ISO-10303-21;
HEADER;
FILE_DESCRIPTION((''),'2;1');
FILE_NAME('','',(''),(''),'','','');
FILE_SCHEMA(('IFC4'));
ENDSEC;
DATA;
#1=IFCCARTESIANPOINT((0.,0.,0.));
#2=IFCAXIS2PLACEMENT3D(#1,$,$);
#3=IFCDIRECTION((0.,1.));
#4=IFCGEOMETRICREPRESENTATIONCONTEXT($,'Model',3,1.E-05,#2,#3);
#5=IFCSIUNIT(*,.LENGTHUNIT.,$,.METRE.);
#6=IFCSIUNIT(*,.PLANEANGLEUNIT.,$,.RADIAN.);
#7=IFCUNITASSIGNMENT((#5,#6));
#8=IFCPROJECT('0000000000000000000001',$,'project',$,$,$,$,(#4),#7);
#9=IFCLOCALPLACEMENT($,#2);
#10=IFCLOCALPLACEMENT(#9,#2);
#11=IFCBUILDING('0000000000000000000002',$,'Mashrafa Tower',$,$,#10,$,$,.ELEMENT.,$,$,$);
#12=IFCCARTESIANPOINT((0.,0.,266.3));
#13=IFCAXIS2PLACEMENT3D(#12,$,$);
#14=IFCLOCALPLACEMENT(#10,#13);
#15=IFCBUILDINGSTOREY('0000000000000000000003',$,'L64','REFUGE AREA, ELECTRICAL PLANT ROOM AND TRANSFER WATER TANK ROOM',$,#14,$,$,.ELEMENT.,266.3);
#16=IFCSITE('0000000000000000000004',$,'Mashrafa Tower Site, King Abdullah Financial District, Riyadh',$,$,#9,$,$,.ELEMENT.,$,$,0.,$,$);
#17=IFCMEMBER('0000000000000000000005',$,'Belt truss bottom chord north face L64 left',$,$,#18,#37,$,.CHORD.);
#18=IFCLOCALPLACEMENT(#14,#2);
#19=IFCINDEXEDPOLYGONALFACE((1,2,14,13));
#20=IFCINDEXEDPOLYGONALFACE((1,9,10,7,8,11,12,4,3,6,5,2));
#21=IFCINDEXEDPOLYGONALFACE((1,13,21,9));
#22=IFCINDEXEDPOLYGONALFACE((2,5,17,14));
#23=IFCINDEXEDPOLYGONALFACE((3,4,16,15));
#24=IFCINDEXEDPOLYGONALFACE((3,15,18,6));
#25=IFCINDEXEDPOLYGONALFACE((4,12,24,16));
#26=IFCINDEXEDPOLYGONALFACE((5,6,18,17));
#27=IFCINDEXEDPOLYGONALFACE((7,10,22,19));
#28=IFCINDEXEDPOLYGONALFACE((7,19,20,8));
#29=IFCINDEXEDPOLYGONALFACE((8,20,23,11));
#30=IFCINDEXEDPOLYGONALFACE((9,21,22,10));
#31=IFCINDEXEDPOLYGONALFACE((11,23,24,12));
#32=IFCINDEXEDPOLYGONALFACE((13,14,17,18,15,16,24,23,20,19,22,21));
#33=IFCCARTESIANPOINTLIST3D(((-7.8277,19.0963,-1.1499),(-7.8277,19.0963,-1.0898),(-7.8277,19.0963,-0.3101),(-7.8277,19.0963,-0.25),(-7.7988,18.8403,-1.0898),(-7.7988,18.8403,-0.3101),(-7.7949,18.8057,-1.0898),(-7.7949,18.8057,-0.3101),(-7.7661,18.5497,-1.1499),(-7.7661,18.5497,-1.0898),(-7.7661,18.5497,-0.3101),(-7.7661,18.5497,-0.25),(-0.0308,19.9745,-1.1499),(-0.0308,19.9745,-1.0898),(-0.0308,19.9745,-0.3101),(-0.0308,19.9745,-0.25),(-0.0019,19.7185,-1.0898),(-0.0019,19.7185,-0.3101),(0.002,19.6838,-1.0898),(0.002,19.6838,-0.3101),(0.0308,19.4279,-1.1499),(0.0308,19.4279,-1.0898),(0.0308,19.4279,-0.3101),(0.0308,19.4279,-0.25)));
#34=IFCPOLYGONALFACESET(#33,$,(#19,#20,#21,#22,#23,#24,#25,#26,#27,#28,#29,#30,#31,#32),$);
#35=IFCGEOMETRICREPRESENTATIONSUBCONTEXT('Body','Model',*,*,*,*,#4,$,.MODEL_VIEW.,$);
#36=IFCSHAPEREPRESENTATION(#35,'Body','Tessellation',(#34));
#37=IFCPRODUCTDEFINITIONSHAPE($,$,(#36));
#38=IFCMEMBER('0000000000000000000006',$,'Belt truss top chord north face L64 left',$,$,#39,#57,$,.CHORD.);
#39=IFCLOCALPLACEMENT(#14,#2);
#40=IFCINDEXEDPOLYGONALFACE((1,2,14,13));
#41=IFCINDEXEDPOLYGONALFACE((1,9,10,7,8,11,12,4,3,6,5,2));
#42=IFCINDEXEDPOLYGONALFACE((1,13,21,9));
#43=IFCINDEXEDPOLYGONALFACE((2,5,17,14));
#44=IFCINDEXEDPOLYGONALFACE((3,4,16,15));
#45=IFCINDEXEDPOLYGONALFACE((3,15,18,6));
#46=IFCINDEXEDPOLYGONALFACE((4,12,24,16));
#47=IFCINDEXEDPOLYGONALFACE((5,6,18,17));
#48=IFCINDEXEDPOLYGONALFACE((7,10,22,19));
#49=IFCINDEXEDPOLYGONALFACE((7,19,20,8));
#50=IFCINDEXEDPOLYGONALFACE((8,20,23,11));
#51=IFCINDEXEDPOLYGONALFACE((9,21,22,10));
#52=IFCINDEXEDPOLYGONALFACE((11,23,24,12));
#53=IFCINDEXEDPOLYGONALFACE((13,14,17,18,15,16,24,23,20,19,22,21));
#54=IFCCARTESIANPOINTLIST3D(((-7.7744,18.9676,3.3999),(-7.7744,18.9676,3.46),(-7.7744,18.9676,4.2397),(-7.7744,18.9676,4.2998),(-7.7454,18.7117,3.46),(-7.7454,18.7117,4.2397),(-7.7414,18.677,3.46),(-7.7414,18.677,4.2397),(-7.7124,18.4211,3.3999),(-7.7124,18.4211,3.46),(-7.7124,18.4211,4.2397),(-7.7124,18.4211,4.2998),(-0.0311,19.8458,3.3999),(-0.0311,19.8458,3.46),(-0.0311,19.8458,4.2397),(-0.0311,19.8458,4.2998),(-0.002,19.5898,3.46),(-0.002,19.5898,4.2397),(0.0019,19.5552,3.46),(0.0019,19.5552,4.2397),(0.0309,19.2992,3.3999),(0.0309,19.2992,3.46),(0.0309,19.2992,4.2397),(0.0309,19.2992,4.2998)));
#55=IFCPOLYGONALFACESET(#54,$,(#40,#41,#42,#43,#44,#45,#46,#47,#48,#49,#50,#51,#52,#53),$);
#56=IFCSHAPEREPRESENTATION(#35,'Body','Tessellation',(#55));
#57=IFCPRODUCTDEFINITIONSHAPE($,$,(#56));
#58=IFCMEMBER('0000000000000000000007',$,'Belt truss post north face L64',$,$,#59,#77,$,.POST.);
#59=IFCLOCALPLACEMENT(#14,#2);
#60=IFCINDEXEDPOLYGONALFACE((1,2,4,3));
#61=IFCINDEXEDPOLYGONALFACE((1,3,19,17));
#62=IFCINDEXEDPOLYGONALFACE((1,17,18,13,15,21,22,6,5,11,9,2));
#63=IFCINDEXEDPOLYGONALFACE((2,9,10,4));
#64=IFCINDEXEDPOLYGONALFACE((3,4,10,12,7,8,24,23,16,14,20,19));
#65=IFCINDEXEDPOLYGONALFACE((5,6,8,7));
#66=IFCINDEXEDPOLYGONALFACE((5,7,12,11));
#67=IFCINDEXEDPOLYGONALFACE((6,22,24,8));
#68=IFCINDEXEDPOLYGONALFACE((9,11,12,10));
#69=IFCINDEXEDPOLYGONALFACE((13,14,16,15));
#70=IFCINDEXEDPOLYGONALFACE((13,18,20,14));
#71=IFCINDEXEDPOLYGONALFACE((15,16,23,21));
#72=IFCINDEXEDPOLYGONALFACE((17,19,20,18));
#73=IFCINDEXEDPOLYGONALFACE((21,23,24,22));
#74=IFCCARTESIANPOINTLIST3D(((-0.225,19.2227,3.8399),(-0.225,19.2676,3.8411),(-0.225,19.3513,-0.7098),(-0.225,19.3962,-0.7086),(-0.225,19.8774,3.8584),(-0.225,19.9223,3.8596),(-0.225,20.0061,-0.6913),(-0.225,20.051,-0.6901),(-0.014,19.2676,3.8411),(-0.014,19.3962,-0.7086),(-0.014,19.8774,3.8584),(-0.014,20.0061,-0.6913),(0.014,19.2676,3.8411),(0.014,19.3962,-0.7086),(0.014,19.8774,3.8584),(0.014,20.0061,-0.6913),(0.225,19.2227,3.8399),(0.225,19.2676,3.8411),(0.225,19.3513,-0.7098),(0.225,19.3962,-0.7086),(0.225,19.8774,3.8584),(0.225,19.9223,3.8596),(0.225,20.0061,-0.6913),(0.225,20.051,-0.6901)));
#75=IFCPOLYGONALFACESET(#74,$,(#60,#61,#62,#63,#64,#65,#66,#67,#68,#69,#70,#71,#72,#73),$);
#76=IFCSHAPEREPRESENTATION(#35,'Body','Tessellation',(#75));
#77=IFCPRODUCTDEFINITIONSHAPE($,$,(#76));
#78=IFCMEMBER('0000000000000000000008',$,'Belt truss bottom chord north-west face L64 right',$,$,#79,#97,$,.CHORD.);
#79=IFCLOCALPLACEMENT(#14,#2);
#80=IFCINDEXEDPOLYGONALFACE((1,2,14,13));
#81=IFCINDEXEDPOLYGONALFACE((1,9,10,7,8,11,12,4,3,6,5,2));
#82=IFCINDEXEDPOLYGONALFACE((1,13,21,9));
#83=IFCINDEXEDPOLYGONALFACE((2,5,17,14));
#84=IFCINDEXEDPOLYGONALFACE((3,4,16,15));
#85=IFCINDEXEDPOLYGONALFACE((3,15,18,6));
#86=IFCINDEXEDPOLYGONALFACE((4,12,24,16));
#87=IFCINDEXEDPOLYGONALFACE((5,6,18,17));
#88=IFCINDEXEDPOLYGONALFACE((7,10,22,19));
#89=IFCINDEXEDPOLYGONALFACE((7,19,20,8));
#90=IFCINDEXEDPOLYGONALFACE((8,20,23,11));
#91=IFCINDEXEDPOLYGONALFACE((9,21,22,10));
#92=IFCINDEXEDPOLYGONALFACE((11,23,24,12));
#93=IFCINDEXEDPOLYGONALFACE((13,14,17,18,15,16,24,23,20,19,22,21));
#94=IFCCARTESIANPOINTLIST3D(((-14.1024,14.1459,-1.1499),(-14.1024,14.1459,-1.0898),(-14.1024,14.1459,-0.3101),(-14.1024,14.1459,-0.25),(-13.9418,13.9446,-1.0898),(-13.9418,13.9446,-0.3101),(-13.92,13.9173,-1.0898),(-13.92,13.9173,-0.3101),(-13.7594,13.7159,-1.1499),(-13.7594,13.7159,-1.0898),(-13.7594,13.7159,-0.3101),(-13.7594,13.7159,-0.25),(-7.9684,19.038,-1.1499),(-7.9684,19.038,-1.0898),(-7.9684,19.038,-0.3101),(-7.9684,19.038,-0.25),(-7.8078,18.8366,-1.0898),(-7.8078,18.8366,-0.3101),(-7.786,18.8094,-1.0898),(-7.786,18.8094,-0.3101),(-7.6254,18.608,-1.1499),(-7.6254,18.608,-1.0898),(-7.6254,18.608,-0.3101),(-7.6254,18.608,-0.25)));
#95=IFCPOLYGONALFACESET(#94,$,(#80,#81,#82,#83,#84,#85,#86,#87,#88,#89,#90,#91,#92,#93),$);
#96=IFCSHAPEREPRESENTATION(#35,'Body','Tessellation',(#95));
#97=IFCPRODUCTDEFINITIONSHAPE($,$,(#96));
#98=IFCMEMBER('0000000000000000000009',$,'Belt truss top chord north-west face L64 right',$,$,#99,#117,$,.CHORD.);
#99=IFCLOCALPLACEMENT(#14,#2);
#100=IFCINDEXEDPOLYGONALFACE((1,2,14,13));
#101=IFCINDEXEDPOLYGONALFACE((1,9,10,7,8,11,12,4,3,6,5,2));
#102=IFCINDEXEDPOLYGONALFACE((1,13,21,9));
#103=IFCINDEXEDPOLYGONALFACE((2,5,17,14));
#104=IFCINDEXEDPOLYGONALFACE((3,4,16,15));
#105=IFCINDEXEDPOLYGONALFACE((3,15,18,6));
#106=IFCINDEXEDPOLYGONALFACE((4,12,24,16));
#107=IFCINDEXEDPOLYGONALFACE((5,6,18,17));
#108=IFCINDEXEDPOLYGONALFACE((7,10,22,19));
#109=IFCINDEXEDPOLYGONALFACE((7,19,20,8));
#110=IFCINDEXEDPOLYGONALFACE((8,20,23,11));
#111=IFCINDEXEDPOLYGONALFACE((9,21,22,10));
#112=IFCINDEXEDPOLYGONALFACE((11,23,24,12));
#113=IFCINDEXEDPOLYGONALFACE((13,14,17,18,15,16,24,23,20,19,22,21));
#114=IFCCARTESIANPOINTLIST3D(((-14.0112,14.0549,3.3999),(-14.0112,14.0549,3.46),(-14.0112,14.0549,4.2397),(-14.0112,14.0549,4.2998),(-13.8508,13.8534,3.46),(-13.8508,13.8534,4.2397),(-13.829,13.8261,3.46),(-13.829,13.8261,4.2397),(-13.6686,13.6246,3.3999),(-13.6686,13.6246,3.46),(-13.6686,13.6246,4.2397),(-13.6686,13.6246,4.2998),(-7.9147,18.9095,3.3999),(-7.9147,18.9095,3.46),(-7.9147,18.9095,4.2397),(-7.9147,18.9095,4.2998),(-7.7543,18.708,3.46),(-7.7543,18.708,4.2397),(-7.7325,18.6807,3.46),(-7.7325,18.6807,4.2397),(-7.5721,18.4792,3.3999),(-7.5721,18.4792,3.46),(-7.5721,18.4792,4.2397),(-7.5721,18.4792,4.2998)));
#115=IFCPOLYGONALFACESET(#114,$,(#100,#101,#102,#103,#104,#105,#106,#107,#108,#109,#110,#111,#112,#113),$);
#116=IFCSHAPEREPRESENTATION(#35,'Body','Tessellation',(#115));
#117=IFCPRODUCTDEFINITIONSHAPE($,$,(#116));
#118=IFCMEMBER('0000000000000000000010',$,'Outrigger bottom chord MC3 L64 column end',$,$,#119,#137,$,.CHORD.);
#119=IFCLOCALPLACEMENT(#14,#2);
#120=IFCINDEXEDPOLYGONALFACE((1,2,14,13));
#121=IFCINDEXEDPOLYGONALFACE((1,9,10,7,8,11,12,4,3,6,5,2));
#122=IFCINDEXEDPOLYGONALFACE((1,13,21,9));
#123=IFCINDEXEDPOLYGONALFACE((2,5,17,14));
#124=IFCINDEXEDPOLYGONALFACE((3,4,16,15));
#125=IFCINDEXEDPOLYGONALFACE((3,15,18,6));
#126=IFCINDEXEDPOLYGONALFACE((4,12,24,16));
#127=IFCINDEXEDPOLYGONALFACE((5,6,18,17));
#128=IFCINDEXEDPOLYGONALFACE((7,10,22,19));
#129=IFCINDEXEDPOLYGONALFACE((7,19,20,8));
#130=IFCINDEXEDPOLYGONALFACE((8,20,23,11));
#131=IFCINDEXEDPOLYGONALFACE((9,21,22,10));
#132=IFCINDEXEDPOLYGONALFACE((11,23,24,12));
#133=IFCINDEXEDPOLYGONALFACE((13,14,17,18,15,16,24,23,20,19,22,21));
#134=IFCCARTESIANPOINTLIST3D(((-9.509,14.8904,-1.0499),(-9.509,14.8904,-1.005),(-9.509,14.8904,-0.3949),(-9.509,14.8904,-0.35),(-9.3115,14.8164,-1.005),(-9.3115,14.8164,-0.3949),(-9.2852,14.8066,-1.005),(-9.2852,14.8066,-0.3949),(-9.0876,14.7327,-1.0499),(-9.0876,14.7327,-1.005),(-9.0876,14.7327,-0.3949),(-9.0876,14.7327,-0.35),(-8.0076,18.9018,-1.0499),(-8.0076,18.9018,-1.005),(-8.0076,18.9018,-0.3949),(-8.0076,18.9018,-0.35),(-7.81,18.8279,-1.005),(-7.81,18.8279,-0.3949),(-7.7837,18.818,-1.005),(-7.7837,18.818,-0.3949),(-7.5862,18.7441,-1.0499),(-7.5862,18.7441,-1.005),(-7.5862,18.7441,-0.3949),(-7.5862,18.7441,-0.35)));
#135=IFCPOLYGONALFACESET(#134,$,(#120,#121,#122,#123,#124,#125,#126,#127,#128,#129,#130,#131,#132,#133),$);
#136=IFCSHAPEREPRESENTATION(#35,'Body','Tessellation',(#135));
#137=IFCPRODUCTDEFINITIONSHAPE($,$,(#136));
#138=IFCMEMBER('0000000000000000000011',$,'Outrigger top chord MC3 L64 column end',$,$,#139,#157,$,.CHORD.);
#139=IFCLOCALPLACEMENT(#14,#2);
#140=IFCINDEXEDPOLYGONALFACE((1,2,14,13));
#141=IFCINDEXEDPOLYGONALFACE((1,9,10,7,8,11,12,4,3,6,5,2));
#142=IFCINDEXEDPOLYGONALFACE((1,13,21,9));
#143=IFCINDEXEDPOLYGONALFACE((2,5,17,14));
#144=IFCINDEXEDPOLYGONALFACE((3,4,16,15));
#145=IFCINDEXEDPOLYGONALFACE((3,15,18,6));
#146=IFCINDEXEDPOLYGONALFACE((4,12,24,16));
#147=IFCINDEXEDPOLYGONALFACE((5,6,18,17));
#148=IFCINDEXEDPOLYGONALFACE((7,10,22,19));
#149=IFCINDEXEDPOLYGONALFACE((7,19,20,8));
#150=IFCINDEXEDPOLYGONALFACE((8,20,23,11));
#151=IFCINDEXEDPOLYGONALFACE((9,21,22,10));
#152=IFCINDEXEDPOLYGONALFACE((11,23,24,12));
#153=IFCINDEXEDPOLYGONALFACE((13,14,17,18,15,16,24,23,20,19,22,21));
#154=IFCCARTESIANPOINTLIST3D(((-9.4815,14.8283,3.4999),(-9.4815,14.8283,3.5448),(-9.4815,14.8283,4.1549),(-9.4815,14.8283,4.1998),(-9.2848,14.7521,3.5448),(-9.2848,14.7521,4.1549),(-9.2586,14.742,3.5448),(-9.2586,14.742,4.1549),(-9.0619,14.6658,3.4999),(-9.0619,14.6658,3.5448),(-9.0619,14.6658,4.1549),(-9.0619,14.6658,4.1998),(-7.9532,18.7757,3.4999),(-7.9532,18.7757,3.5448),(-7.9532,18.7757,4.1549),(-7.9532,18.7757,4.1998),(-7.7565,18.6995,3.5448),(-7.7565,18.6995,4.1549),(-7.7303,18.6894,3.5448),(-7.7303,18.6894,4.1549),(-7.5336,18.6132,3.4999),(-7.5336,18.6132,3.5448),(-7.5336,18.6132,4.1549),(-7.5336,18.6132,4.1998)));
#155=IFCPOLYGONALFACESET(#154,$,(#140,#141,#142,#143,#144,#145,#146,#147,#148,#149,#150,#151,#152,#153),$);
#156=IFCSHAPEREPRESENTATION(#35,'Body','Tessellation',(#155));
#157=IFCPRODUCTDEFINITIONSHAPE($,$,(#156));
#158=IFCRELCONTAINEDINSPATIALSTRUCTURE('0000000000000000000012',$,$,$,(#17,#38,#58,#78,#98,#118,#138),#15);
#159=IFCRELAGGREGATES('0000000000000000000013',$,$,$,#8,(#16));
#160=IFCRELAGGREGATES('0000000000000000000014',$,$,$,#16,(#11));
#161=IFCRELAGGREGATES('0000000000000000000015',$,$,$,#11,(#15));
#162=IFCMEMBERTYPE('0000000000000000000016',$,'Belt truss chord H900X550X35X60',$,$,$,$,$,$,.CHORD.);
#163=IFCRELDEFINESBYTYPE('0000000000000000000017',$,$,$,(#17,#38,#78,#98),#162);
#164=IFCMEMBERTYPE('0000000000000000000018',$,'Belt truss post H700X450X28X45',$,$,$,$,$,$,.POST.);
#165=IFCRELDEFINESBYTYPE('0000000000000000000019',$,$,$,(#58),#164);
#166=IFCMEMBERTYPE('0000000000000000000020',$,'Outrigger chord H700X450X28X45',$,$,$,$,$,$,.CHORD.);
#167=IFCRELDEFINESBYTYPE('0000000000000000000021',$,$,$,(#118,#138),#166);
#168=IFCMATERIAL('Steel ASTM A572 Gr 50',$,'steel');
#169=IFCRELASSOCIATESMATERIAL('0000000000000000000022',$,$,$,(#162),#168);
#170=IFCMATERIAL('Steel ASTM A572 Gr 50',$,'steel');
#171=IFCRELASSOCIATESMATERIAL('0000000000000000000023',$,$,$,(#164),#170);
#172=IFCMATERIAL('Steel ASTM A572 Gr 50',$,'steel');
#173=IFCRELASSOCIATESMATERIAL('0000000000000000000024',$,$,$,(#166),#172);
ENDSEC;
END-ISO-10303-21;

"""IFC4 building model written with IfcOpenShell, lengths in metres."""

from ifc_helpers import new_model, si_unit, direction, frame, origin, origin_2d, place, context, subcontext, project, spatial, i_section, extrude, source, transform, mapped, material, material_profile, profile_set, type_object, type_shapes, element, save


model = new_model("IFC4")

# Units and contexts
model_context = context("Model", 3, precision=1e-05, world=origin(), true_north=direction((0.0, 1.0)))
body_context = subcontext(model_context, "Body", "Model", "MODEL_VIEW")
ifc_project = project(units=[si_unit("LENGTHUNIT", "METRE"), si_unit("PLANEANGLEUNIT", "RADIAN")], contexts=[model_context])

# Site, building, storey
site_placement = place(None, origin())
site = spatial("IfcSite", under=ifc_project, at=site_placement, Name="Mashrafa Tower Site, King Abdullah Financial District, Riyadh", CompositionType="ELEMENT", RefElevation=0.0)
building_placement = place(site_placement, origin())
building = spatial("IfcBuilding", under=site, at=building_placement, Name="Mashrafa Tower", CompositionType="ELEMENT")
storey_placement = place(building_placement, frame((0.0, 0.0, 266.3)))
storey = spatial("IfcBuildingStorey", under=building, at=storey_placement, Name="L64", Description="REFUGE AREA, ELECTRICAL PLANT ROOM AND TRANSFER WATER TANK ROOM", CompositionType="ELEMENT", Elevation=266.3)

# Members
ifc_material_1 = material(Name="Steel ASTM A572 Gr 50", Category="steel")
ifc_material_profile_1 = material_profile(ifc_material_1, i_section(OverallWidth=0.55, OverallDepth=0.8999, WebThickness=0.0349, FlangeThickness=0.0601, at=origin_2d()), Name="H900X550X35X60")
ifc_profile_set_1 = profile_set([ifc_material_profile_1], Name="Steel ASTM A572 Gr 50")
member_type_1 = type_object("IfcMemberType", Name="Belt truss chord H900X550X35X60", PredefinedType="CHORD", material=ifc_profile_set_1)
shared_shape_1 = source(origin(), body_context, "Body", "SweptSolid", [
    extrude(i_section(OverallWidth=0.55, OverallDepth=0.8999, WebThickness=0.0349, FlangeThickness=0.0601, at=origin_2d()), origin(), (0.0, 0.0, 1.0), 7.8462),
])
member_1_placement = place(storey_placement, frame((-7.7969, 18.823, -0.7), z_axis=(0.993717, 0.111924, 0.0), x_axis=(-0.111924, 0.993717, 0.0)))
element("IfcMember", 1, at=member_1_placement, inside=storey, type_object=member_type_1, Name="Belt truss bottom chord north face L64 left", PredefinedType="CHORD", context=body_context, shape_type="MappedRepresentation", body=[
    mapped(shared_shape_1, transform((0.0, 0.0, 0.0))),
])
shared_shape_2 = source(origin(), body_context, "Body", "SweptSolid", [
    extrude(i_section(OverallWidth=0.55, OverallDepth=0.8999, WebThickness=0.0349, FlangeThickness=0.0601, at=origin_2d()), origin(), (0.0, 0.0, 1.0), 7.793),
])
member_2_placement = place(storey_placement, frame((-7.7434, 18.6943, 3.8499), z_axis=(0.993631, 0.112687, 0.0), x_axis=(-0.112687, 0.993631, 0.0)))
element("IfcMember", 2, at=member_2_placement, inside=storey, type_object=member_type_1, Name="Belt truss top chord north face L64 left", PredefinedType="CHORD", context=body_context, shape_type="MappedRepresentation", body=[
    mapped(shared_shape_2, transform((0.0, 0.0, 0.0))),
])
ifc_material_2 = material(Name="Steel ASTM A572 Gr 50", Category="steel")
ifc_material_profile_2 = material_profile(ifc_material_2, i_section(OverallWidth=0.45, OverallDepth=0.7, WebThickness=0.0281, FlangeThickness=0.0449, at=origin_2d()), Name="H700X450X28X45")
ifc_profile_set_2 = profile_set([ifc_material_profile_2], Name="Steel ASTM A572 Gr 50")
member_type_2 = type_object("IfcMemberType", Name="Belt truss post H700X450X28X45", PredefinedType="POST", material=ifc_profile_set_2)
shared_shape_3 = source(origin(), body_context, "Body", "SweptSolid", [
    extrude(i_section(OverallWidth=0.45, OverallDepth=0.7, WebThickness=0.0281, FlangeThickness=0.0449, at=origin_2d()), origin(), (0.0, 0.0, 1.0), 4.5515),
])
type_shapes(member_type_2, [shared_shape_3])
member_3_placement = place(storey_placement, frame((0.0, 19.7012, -0.7), z_axis=(0.0, -0.028267, 0.9996), x_axis=(1.0, 0.0, 0.0)))
element("IfcMember", 3, at=member_3_placement, inside=storey, type_object=member_type_2, Name="Belt truss post north face L64", PredefinedType="POST", context=body_context, shape_type="MappedRepresentation", body=[
    mapped(shared_shape_3, transform((0.0, 0.0, 0.0))),
])
shared_shape_4 = source(origin(), body_context, "Body", "SweptSolid", [
    extrude(i_section(OverallWidth=0.55, OverallDepth=0.8999, WebThickness=0.0349, FlangeThickness=0.0601, at=origin_2d()), origin(), (0.0, 0.0, 1.0), 7.8459),
])
member_4_placement = place(storey_placement, frame((-7.7969, 18.823, -0.7), z_axis=(-0.781809, -0.623518, 0.0), x_axis=(0.623518, -0.781809, 0.0)))
element("IfcMember", 4, at=member_4_placement, inside=storey, type_object=member_type_1, Name="Belt truss bottom chord north-west face L64 right", PredefinedType="CHORD", context=body_context, shape_type="MappedRepresentation", body=[
    mapped(shared_shape_4, transform((0.0, 0.0, 0.0))),
])
shared_shape_5 = source(origin(), body_context, "Body", "SweptSolid", [
    extrude(i_section(OverallWidth=0.55, OverallDepth=0.8999, WebThickness=0.0349, FlangeThickness=0.0601, at=origin_2d()), origin(), (0.0, 0.0, 1.0), 7.7932),
])
type_shapes(member_type_1, [shared_shape_1, shared_shape_2, shared_shape_4, shared_shape_5])
member_5_placement = place(storey_placement, frame((-7.7434, 18.6943, 3.8499), z_axis=(-0.782285, -0.622921, 0.0), x_axis=(0.622921, -0.782285, 0.0)))
element("IfcMember", 5, at=member_5_placement, inside=storey, type_object=member_type_1, Name="Belt truss top chord north-west face L64 right", PredefinedType="CHORD", context=body_context, shape_type="MappedRepresentation", body=[
    mapped(shared_shape_5, transform((0.0, 0.0, 0.0))),
])
ifc_material_3 = material(Name="Steel ASTM A572 Gr 50", Category="steel")
ifc_material_profile_3 = material_profile(ifc_material_3, i_section(OverallWidth=0.45, OverallDepth=0.7, WebThickness=0.0281, FlangeThickness=0.0449, at=origin_2d()), Name="H700X450X28X45")
ifc_profile_set_3 = profile_set([ifc_material_profile_3], Name="Steel ASTM A572 Gr 50")
member_type_3 = type_object("IfcMemberType", Name="Outrigger chord H700X450X28X45", PredefinedType="CHORD", material=ifc_profile_set_3)
shared_shape_6 = source(origin(), body_context, "Body", "SweptSolid", [
    extrude(i_section(OverallWidth=0.45, OverallDepth=0.7, WebThickness=0.0281, FlangeThickness=0.0449, at=origin_2d()), origin(), (0.0, 0.0, 1.0), 4.2832),
])
member_6_placement = place(storey_placement, frame((-9.2983, 14.8115, -0.7), z_axis=(0.350542, 0.936547, 0.0), x_axis=(-0.936547, 0.350542, 0.0)))
element("IfcMember", 6, at=member_6_placement, inside=storey, type_object=member_type_3, Name="Outrigger bottom chord MC3 L64 column end", PredefinedType="CHORD", context=body_context, shape_type="MappedRepresentation", body=[
    mapped(shared_shape_6, transform((0.0, 0.0, 0.0))),
])
shared_shape_7 = source(origin(), body_context, "Body", "SweptSolid", [
    extrude(i_section(OverallWidth=0.45, OverallDepth=0.7, WebThickness=0.0281, FlangeThickness=0.0449, at=origin_2d()), origin(), (0.0, 0.0, 1.0), 4.2329),
])
type_shapes(member_type_3, [shared_shape_6, shared_shape_7])
member_7_placement = place(storey_placement, frame((-9.2717, 14.7471, 3.8499), z_axis=(0.361065, 0.932541, 0.0), x_axis=(-0.932541, 0.361065, 0.0)))
element("IfcMember", 7, at=member_7_placement, inside=storey, type_object=member_type_3, Name="Outrigger top chord MC3 L64 column end", PredefinedType="CHORD", context=body_context, shape_type="MappedRepresentation", body=[
    mapped(shared_shape_7, transform((0.0, 0.0, 0.0))),
])

save(model, "model.ifc")
